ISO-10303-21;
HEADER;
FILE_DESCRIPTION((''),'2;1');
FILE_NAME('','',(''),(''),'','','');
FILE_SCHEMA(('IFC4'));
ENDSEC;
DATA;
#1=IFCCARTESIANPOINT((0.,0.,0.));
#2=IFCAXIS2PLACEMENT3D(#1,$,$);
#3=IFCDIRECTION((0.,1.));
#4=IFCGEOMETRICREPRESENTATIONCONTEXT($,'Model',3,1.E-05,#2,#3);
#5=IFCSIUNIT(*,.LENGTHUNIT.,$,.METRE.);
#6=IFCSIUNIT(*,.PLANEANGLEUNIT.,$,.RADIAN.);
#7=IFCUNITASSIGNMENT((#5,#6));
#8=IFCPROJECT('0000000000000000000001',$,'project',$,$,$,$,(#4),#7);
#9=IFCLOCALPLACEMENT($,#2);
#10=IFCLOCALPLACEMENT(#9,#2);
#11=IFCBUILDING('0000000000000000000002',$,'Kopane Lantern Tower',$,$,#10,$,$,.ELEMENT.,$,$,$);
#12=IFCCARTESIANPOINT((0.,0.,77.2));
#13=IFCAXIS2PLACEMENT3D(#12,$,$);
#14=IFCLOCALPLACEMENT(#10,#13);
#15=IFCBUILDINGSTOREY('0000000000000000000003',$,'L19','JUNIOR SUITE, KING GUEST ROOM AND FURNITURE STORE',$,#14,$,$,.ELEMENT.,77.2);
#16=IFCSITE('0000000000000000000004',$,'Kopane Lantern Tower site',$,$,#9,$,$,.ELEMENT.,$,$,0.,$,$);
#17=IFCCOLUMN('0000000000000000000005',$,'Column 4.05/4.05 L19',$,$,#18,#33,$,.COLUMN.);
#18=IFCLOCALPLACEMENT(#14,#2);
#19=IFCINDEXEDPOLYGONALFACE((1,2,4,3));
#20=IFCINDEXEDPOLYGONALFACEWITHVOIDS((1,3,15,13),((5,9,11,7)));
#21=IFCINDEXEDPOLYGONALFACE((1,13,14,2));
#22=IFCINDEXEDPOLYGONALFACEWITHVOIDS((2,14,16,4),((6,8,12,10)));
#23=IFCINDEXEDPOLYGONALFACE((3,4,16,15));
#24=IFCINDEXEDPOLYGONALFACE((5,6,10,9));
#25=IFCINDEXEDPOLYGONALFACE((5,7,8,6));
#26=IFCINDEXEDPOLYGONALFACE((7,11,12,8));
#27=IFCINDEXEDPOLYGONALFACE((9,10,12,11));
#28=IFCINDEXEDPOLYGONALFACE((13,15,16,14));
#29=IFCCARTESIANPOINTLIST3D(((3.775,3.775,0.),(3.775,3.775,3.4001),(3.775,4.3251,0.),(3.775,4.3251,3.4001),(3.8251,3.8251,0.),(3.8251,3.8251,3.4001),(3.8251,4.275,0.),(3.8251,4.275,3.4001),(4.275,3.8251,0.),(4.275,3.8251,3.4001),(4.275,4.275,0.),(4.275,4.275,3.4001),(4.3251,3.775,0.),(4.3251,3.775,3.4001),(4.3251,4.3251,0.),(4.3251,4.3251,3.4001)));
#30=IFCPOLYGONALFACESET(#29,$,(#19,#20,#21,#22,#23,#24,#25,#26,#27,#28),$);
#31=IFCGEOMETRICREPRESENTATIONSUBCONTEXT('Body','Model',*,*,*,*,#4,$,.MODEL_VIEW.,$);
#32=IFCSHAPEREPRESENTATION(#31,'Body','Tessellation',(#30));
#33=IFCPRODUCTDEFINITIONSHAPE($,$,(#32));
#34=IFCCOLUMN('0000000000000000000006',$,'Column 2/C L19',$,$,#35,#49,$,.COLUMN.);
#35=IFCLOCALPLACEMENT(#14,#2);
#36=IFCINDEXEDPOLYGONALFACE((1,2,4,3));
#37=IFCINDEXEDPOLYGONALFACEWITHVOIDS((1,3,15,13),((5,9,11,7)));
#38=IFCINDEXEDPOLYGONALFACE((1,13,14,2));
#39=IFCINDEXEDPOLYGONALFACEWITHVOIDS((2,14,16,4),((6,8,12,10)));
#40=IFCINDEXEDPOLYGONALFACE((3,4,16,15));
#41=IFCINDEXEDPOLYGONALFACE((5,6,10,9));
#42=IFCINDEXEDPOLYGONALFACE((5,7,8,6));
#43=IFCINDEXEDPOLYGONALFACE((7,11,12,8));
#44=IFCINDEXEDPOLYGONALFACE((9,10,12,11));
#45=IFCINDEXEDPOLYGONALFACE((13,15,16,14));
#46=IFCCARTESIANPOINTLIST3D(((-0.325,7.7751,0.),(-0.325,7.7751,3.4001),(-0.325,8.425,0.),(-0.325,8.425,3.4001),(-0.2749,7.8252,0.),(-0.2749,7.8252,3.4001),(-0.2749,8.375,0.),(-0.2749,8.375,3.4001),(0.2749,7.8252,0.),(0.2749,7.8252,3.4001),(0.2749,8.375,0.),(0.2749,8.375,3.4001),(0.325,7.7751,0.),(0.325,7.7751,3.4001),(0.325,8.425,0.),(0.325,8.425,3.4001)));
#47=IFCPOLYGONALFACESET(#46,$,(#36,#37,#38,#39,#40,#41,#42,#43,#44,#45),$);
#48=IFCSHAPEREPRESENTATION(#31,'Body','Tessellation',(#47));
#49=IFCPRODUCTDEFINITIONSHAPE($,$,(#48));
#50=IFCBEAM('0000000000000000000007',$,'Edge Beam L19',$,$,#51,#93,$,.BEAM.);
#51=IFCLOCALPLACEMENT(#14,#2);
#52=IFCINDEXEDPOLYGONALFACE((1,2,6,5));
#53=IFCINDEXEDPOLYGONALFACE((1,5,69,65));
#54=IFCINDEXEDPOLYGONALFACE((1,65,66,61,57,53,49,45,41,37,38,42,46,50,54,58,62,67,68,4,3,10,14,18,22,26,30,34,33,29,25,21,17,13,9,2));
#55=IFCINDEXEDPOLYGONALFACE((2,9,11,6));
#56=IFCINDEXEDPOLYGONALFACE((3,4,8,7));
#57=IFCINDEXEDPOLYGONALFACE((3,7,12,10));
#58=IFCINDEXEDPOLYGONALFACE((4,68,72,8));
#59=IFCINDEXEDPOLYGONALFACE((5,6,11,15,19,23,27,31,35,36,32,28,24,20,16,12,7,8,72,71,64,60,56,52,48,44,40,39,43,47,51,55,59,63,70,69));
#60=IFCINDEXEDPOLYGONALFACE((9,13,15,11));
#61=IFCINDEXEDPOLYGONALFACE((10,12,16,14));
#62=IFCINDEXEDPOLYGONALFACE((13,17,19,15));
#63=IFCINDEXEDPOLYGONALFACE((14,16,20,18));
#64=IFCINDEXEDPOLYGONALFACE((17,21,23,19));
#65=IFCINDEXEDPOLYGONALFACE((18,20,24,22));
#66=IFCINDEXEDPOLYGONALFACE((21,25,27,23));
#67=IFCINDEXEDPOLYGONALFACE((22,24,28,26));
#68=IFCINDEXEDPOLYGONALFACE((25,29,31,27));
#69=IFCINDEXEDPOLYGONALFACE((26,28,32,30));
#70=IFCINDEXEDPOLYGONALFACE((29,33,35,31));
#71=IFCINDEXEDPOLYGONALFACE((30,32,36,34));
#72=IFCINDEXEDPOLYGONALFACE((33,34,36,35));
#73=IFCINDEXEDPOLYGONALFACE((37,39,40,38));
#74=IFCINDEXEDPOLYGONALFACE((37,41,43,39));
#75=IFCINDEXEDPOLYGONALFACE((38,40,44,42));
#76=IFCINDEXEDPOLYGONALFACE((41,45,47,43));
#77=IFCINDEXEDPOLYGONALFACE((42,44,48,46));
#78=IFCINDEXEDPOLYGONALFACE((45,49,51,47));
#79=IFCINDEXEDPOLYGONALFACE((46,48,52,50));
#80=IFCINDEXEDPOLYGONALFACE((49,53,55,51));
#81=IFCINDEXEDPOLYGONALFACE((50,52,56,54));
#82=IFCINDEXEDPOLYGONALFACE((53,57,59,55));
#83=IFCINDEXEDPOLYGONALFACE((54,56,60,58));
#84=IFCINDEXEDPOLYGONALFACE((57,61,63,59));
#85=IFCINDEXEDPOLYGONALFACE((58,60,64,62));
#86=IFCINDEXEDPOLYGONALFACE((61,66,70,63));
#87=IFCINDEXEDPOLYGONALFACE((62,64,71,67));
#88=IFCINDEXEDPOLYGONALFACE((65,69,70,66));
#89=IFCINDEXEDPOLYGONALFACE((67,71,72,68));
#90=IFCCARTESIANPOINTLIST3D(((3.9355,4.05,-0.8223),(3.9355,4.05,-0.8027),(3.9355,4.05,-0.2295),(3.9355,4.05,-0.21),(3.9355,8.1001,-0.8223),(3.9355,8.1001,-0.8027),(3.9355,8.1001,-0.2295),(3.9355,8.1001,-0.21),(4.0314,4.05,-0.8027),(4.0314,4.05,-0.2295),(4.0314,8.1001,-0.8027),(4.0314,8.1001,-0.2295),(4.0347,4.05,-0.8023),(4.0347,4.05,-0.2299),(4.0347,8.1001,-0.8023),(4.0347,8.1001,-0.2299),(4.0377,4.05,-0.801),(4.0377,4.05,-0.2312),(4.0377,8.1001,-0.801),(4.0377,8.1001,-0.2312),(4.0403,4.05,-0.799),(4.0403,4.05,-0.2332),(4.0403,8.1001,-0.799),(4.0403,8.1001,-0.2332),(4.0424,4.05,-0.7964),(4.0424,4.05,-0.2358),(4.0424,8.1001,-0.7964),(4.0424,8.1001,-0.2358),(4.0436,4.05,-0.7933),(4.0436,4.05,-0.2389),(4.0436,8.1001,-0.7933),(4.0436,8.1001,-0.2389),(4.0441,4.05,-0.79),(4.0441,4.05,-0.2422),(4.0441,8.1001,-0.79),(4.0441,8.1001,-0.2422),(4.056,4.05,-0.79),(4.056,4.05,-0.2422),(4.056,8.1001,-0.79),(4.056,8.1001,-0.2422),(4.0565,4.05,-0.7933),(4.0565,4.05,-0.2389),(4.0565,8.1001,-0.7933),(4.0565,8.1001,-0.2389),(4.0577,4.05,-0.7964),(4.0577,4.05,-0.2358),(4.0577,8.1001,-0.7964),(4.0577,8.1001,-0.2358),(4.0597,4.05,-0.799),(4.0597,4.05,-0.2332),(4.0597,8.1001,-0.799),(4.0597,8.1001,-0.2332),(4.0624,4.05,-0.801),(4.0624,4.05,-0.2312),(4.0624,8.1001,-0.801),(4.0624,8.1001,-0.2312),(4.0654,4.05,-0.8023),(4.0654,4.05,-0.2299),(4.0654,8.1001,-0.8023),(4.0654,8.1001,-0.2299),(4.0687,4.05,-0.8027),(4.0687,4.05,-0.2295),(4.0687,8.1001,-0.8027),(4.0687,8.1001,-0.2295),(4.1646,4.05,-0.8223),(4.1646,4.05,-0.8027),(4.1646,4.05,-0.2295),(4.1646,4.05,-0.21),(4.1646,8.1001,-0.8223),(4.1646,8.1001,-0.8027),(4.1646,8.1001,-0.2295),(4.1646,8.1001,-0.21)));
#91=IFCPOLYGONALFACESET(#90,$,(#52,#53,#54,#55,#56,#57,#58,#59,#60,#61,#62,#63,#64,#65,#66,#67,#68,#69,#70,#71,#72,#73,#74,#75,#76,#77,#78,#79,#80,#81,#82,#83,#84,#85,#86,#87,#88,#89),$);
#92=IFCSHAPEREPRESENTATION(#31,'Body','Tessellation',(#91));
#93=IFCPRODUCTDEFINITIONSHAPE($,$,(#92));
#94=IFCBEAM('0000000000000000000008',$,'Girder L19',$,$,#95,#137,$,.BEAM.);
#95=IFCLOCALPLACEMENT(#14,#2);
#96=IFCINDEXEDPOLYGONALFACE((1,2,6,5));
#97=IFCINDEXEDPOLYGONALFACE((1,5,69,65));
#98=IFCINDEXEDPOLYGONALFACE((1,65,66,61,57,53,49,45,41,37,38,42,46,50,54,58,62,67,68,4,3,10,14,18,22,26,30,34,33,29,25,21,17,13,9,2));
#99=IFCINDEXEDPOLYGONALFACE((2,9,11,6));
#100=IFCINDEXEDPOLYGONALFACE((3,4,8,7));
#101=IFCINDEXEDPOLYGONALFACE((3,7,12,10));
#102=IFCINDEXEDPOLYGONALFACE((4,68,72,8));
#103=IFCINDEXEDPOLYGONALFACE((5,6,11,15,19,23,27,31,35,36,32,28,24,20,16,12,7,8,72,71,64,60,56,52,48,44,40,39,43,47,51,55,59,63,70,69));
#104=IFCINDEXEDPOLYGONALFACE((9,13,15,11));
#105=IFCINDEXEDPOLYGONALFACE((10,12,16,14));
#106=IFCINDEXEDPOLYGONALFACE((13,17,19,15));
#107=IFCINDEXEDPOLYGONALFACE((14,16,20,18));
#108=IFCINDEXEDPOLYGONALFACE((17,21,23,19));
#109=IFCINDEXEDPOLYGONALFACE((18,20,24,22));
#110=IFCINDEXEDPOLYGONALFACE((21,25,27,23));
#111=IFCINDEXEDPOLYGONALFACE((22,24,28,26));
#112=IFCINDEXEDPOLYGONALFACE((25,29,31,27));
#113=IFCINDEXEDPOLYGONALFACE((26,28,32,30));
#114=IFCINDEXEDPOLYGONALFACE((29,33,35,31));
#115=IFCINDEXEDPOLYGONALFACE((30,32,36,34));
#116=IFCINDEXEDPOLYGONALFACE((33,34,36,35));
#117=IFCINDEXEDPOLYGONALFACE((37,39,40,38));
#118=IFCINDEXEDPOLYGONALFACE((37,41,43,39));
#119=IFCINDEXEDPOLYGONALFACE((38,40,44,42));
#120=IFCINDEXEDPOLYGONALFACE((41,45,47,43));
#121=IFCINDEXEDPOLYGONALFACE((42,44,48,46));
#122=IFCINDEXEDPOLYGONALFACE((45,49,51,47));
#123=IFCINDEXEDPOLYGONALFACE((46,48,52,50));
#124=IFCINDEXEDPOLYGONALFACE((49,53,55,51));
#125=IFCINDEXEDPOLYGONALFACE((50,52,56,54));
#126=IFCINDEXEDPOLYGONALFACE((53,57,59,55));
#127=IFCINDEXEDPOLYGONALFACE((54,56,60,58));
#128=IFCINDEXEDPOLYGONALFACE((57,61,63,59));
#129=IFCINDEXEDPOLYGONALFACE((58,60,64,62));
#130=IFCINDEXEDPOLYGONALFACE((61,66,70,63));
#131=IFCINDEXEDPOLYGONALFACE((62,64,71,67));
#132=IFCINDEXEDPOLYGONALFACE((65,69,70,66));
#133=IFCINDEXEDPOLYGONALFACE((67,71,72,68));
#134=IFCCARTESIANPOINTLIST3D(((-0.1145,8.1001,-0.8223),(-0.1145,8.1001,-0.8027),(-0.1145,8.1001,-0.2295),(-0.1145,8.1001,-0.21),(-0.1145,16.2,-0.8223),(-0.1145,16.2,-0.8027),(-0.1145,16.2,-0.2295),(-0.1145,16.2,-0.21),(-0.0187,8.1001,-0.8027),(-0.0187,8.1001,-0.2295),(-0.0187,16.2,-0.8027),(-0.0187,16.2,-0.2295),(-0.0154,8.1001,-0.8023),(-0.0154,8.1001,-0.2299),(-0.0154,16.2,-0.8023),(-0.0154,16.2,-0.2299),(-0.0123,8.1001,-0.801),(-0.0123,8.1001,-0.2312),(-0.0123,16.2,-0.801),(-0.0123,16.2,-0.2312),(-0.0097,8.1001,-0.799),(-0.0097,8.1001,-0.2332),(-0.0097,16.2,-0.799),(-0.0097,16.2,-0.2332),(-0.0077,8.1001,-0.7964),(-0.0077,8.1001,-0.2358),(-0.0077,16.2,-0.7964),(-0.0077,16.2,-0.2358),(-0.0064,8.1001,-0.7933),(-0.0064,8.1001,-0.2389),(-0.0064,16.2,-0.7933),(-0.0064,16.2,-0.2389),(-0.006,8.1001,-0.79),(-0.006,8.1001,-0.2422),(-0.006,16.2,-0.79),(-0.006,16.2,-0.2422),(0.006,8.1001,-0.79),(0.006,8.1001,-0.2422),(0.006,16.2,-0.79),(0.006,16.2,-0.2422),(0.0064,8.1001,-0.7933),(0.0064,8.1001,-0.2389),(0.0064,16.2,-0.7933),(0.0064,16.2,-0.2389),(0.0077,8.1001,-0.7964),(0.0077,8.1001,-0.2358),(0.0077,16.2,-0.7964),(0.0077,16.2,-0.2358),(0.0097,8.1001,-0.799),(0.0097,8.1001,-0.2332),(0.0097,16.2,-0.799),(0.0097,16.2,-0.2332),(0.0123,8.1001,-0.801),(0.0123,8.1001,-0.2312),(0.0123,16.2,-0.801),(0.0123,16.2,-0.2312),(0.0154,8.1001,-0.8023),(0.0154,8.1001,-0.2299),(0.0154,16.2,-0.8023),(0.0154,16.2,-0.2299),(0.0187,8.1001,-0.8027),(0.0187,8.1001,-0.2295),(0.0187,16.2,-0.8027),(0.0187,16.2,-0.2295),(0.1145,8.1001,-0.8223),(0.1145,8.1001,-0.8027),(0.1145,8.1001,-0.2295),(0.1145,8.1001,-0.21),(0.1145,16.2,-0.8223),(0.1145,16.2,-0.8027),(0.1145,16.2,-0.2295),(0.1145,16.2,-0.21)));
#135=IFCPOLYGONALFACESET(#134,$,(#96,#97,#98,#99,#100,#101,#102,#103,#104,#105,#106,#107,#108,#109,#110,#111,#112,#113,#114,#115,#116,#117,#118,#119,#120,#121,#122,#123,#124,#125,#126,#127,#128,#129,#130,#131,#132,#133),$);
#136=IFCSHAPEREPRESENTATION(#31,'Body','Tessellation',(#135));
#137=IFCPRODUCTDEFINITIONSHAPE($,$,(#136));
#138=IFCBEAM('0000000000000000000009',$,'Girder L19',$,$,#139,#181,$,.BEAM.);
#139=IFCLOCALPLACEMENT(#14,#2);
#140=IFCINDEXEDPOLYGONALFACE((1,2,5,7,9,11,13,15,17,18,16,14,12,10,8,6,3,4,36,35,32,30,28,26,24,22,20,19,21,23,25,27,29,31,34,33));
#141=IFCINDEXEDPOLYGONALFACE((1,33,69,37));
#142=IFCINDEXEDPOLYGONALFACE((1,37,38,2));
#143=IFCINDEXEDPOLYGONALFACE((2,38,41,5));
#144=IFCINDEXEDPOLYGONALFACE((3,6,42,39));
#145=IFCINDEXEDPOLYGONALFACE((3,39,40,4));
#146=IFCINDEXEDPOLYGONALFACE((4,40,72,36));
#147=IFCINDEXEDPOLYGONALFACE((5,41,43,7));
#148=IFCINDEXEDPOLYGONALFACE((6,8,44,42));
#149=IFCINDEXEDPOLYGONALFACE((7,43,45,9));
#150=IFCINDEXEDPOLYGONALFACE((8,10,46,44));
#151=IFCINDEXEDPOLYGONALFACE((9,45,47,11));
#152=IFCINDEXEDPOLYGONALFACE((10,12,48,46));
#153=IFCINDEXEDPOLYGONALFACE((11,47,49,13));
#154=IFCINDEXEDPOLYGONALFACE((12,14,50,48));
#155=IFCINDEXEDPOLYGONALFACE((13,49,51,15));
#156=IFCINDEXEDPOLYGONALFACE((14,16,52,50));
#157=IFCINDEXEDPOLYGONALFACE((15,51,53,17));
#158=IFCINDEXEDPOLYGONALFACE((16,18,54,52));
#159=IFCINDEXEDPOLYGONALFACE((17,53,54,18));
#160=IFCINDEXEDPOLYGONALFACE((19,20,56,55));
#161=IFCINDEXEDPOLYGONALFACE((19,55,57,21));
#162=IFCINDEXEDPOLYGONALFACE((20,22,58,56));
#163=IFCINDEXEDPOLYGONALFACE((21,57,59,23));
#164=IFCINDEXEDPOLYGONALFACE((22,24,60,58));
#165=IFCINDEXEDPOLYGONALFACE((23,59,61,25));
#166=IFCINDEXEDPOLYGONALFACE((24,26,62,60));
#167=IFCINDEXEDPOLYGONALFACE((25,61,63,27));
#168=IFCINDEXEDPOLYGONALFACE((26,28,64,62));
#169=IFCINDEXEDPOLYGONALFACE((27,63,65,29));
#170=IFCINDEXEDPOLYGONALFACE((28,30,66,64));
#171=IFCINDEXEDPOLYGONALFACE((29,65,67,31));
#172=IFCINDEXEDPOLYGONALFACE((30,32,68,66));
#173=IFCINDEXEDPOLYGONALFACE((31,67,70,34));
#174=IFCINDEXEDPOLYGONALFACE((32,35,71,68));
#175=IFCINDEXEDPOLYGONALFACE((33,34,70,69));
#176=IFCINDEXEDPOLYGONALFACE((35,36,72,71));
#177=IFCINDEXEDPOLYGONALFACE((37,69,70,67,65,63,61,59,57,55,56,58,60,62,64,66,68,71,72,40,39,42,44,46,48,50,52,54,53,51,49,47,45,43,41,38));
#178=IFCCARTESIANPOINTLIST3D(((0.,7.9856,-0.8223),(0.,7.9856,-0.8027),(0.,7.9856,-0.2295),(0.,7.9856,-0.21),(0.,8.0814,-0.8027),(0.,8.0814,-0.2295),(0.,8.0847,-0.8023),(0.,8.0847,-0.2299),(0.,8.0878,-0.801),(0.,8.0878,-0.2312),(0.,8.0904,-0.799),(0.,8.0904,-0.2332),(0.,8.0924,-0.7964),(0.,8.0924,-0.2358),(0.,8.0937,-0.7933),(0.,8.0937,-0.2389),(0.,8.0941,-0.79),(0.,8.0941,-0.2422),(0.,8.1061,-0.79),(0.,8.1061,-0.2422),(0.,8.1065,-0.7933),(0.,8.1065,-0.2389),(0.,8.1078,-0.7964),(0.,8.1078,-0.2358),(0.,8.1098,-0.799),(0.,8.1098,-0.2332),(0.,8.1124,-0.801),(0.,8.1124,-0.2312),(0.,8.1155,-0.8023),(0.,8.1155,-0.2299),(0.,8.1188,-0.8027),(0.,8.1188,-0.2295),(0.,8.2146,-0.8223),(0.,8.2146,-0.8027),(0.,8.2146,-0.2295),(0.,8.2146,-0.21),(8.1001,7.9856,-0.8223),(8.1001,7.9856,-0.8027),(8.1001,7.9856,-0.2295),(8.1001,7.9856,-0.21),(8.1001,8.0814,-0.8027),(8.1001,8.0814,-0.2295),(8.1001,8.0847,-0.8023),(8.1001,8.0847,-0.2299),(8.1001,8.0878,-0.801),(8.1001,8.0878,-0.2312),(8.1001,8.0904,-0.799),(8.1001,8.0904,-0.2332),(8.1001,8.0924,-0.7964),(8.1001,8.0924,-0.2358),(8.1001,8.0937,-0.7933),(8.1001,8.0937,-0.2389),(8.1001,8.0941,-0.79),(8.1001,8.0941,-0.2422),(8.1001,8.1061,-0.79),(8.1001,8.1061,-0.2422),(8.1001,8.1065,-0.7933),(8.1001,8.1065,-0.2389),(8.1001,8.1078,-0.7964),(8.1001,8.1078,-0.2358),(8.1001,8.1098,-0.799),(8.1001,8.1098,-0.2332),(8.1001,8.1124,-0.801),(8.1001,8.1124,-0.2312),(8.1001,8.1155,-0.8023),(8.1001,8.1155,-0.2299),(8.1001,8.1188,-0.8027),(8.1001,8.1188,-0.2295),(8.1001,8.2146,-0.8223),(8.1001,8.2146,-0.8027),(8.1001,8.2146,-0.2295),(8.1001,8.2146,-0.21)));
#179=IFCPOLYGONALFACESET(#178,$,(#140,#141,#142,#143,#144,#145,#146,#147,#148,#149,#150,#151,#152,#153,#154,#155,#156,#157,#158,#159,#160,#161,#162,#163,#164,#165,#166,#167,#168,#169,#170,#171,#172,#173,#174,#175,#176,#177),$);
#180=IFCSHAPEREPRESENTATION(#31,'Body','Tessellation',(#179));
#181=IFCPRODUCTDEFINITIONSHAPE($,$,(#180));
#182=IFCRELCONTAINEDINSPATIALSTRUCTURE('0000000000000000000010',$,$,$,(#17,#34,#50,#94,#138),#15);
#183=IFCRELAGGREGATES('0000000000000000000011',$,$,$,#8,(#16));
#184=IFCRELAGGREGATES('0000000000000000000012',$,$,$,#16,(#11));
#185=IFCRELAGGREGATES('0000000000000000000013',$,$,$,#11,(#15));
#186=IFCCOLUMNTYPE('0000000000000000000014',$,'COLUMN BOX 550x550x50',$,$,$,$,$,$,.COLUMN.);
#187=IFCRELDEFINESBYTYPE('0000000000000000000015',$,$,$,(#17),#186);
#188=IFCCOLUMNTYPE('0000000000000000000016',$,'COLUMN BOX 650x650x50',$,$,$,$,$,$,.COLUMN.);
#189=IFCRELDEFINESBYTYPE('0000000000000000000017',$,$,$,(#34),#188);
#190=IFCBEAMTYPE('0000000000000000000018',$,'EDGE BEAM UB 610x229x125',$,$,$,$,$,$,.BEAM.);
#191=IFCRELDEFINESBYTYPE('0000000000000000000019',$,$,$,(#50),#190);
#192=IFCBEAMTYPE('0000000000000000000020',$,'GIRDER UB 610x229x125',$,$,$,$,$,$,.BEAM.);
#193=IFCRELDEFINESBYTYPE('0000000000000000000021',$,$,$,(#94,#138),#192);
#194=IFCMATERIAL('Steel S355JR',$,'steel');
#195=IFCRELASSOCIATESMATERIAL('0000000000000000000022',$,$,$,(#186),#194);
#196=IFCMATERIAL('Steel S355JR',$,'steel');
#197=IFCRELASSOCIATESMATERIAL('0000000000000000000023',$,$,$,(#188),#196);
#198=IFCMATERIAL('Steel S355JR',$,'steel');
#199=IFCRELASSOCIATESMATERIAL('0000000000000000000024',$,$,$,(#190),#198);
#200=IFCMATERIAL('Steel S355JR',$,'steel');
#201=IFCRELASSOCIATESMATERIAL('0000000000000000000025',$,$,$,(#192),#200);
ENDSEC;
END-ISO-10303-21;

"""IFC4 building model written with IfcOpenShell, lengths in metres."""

from ifc_helpers import new_model, si_unit, direction, frame, origin, origin_2d, place, context, subcontext, project, spatial, hollow_rectangle, i_section, extrude, material, material_profile, profile_set, type_object, element, save


model = new_model("IFC4")

# Units and contexts
model_context = context("Model", 3, precision=1e-05, world=origin(), true_north=direction((0.0, 1.0)))
body_context = subcontext(model_context, "Body", "Model", "MODEL_VIEW")
ifc_project = project(units=[si_unit("LENGTHUNIT", "METRE"), si_unit("PLANEANGLEUNIT", "RADIAN")], contexts=[model_context])

# Site, building, storey
site_placement = place(None, origin())
site = spatial("IfcSite", under=ifc_project, at=site_placement, Name="Kopane Lantern Tower site", CompositionType="ELEMENT", RefElevation=0.0)
building_placement = place(site_placement, origin())
building = spatial("IfcBuilding", under=site, at=building_placement, Name="Kopane Lantern Tower", CompositionType="ELEMENT")
storey_placement = place(building_placement, frame((0.0, 0.0, 77.2)))
storey = spatial("IfcBuildingStorey", under=building, at=storey_placement, Name="L19", Description="JUNIOR SUITE, KING GUEST ROOM AND FURNITURE STORE", CompositionType="ELEMENT", Elevation=77.2)

# Columns
ifc_material_1 = material(Name="Steel S355JR", Category="steel")
ifc_material_profile_1 = material_profile(ifc_material_1, hollow_rectangle(XDim=0.55, YDim=0.55, WallThickness=0.05, at=origin_2d()), Name="BOX 550x550x50")
ifc_profile_set_1 = profile_set([ifc_material_profile_1], Name="Steel S355JR")
column_type_1 = type_object("IfcColumnType", Name="COLUMN BOX 550x550x50", PredefinedType="COLUMN", material=ifc_profile_set_1)
column_1_placement = place(storey_placement, frame((4.05, 4.05, 0.0), z_axis=(0.0, 0.0, 1.0), x_axis=(1.0, 0.0, 0.0)))
element("IfcColumn", 1, at=column_1_placement, inside=storey, type_object=column_type_1, Name="Column 4.05/4.05 L19", PredefinedType="COLUMN", context=body_context, shape_type="SweptSolid", body=[
    extrude(hollow_rectangle(XDim=0.55, YDim=0.55, WallThickness=0.05, at=origin_2d()), origin(), (0.0, 0.0, 1.0), 3.4001),
])
ifc_material_2 = material(Name="Steel S355JR", Category="steel")
ifc_material_profile_2 = material_profile(ifc_material_2, hollow_rectangle(XDim=0.6499, YDim=0.6499, WallThickness=0.05, at=origin_2d()), Name="BOX 650x650x50")
ifc_profile_set_2 = profile_set([ifc_material_profile_2], Name="Steel S355JR")
column_type_2 = type_object("IfcColumnType", Name="COLUMN BOX 650x650x50", PredefinedType="COLUMN", material=ifc_profile_set_2)
column_2_placement = place(storey_placement, frame((0.0, 8.1001, 0.0), z_axis=(0.0, 0.0, 1.0), x_axis=(1.0, 0.0, 0.0)))
element("IfcColumn", 2, at=column_2_placement, inside=storey, type_object=column_type_2, Name="Column 2/C L19", PredefinedType="COLUMN", context=body_context, shape_type="SweptSolid", body=[
    extrude(hollow_rectangle(XDim=0.6499, YDim=0.6499, WallThickness=0.05, at=origin_2d()), origin(), (0.0, 0.0, 1.0), 3.4001),
])

# Beams
ifc_material_3 = material(Name="Steel S355JR", Category="steel")
ifc_material_profile_3 = material_profile(ifc_material_3, i_section(OverallWidth=0.229, OverallDepth=0.6123, WebThickness=0.012, FlangeThickness=0.0195, FilletRadius=0.0127, at=origin_2d()), Name="UB 610x229x125")
ifc_profile_set_3 = profile_set([ifc_material_profile_3], Name="Steel S355JR")
beam_type_1 = type_object("IfcBeamType", Name="EDGE BEAM UB 610x229x125", PredefinedType="BEAM", material=ifc_profile_set_3)
beam_1_placement = place(storey_placement, frame((4.05, 4.05, -0.5161), z_axis=(0.0, 1.0, 0.0), x_axis=(-1.0, 0.0, 0.0)))
element("IfcBeam", 3, at=beam_1_placement, inside=storey, type_object=beam_type_1, Name="Edge Beam L19", PredefinedType="BEAM", context=body_context, shape_type="SweptSolid", body=[
    extrude(i_section(OverallWidth=0.229, OverallDepth=0.6123, WebThickness=0.012, FlangeThickness=0.0195, FilletRadius=0.0127, at=origin_2d()), origin(), (0.0, 0.0, 1.0), 4.05),
])
ifc_material_4 = material(Name="Steel S355JR", Category="steel")
ifc_material_profile_4 = material_profile(ifc_material_4, i_section(OverallWidth=0.229, OverallDepth=0.6123, WebThickness=0.012, FlangeThickness=0.0195, FilletRadius=0.0127, at=origin_2d()), Name="UB 610x229x125")
ifc_profile_set_4 = profile_set([ifc_material_profile_4], Name="Steel S355JR")
beam_type_2 = type_object("IfcBeamType", Name="GIRDER UB 610x229x125", PredefinedType="BEAM", material=ifc_profile_set_4)
beam_2_placement = place(storey_placement, frame((0.0, 8.1001, -0.5161), z_axis=(0.0, 1.0, 0.0), x_axis=(-1.0, 0.0, 0.0)))
element("IfcBeam", 4, at=beam_2_placement, inside=storey, type_object=beam_type_2, Name="Girder L19", PredefinedType="BEAM", context=body_context, shape_type="SweptSolid", body=[
    extrude(i_section(OverallWidth=0.229, OverallDepth=0.6123, WebThickness=0.012, FlangeThickness=0.0195, FilletRadius=0.0127, at=origin_2d()), origin(), (0.0, 0.0, 1.0), 8.0999),
])
beam_3_placement = place(storey_placement, frame((0.0, 8.1001, -0.5161), z_axis=(1.0, 0.0, 0.0), x_axis=(0.0, 1.0, 0.0)))
element("IfcBeam", 5, at=beam_3_placement, inside=storey, type_object=beam_type_2, Name="Girder L19", PredefinedType="BEAM", context=body_context, shape_type="SweptSolid", body=[
    extrude(i_section(OverallWidth=0.229, OverallDepth=0.6123, WebThickness=0.012, FlangeThickness=0.0195, FilletRadius=0.0127, at=origin_2d()), origin(), (0.0, 0.0, 1.0), 8.1001),
])

save(model, "model.ifc")
